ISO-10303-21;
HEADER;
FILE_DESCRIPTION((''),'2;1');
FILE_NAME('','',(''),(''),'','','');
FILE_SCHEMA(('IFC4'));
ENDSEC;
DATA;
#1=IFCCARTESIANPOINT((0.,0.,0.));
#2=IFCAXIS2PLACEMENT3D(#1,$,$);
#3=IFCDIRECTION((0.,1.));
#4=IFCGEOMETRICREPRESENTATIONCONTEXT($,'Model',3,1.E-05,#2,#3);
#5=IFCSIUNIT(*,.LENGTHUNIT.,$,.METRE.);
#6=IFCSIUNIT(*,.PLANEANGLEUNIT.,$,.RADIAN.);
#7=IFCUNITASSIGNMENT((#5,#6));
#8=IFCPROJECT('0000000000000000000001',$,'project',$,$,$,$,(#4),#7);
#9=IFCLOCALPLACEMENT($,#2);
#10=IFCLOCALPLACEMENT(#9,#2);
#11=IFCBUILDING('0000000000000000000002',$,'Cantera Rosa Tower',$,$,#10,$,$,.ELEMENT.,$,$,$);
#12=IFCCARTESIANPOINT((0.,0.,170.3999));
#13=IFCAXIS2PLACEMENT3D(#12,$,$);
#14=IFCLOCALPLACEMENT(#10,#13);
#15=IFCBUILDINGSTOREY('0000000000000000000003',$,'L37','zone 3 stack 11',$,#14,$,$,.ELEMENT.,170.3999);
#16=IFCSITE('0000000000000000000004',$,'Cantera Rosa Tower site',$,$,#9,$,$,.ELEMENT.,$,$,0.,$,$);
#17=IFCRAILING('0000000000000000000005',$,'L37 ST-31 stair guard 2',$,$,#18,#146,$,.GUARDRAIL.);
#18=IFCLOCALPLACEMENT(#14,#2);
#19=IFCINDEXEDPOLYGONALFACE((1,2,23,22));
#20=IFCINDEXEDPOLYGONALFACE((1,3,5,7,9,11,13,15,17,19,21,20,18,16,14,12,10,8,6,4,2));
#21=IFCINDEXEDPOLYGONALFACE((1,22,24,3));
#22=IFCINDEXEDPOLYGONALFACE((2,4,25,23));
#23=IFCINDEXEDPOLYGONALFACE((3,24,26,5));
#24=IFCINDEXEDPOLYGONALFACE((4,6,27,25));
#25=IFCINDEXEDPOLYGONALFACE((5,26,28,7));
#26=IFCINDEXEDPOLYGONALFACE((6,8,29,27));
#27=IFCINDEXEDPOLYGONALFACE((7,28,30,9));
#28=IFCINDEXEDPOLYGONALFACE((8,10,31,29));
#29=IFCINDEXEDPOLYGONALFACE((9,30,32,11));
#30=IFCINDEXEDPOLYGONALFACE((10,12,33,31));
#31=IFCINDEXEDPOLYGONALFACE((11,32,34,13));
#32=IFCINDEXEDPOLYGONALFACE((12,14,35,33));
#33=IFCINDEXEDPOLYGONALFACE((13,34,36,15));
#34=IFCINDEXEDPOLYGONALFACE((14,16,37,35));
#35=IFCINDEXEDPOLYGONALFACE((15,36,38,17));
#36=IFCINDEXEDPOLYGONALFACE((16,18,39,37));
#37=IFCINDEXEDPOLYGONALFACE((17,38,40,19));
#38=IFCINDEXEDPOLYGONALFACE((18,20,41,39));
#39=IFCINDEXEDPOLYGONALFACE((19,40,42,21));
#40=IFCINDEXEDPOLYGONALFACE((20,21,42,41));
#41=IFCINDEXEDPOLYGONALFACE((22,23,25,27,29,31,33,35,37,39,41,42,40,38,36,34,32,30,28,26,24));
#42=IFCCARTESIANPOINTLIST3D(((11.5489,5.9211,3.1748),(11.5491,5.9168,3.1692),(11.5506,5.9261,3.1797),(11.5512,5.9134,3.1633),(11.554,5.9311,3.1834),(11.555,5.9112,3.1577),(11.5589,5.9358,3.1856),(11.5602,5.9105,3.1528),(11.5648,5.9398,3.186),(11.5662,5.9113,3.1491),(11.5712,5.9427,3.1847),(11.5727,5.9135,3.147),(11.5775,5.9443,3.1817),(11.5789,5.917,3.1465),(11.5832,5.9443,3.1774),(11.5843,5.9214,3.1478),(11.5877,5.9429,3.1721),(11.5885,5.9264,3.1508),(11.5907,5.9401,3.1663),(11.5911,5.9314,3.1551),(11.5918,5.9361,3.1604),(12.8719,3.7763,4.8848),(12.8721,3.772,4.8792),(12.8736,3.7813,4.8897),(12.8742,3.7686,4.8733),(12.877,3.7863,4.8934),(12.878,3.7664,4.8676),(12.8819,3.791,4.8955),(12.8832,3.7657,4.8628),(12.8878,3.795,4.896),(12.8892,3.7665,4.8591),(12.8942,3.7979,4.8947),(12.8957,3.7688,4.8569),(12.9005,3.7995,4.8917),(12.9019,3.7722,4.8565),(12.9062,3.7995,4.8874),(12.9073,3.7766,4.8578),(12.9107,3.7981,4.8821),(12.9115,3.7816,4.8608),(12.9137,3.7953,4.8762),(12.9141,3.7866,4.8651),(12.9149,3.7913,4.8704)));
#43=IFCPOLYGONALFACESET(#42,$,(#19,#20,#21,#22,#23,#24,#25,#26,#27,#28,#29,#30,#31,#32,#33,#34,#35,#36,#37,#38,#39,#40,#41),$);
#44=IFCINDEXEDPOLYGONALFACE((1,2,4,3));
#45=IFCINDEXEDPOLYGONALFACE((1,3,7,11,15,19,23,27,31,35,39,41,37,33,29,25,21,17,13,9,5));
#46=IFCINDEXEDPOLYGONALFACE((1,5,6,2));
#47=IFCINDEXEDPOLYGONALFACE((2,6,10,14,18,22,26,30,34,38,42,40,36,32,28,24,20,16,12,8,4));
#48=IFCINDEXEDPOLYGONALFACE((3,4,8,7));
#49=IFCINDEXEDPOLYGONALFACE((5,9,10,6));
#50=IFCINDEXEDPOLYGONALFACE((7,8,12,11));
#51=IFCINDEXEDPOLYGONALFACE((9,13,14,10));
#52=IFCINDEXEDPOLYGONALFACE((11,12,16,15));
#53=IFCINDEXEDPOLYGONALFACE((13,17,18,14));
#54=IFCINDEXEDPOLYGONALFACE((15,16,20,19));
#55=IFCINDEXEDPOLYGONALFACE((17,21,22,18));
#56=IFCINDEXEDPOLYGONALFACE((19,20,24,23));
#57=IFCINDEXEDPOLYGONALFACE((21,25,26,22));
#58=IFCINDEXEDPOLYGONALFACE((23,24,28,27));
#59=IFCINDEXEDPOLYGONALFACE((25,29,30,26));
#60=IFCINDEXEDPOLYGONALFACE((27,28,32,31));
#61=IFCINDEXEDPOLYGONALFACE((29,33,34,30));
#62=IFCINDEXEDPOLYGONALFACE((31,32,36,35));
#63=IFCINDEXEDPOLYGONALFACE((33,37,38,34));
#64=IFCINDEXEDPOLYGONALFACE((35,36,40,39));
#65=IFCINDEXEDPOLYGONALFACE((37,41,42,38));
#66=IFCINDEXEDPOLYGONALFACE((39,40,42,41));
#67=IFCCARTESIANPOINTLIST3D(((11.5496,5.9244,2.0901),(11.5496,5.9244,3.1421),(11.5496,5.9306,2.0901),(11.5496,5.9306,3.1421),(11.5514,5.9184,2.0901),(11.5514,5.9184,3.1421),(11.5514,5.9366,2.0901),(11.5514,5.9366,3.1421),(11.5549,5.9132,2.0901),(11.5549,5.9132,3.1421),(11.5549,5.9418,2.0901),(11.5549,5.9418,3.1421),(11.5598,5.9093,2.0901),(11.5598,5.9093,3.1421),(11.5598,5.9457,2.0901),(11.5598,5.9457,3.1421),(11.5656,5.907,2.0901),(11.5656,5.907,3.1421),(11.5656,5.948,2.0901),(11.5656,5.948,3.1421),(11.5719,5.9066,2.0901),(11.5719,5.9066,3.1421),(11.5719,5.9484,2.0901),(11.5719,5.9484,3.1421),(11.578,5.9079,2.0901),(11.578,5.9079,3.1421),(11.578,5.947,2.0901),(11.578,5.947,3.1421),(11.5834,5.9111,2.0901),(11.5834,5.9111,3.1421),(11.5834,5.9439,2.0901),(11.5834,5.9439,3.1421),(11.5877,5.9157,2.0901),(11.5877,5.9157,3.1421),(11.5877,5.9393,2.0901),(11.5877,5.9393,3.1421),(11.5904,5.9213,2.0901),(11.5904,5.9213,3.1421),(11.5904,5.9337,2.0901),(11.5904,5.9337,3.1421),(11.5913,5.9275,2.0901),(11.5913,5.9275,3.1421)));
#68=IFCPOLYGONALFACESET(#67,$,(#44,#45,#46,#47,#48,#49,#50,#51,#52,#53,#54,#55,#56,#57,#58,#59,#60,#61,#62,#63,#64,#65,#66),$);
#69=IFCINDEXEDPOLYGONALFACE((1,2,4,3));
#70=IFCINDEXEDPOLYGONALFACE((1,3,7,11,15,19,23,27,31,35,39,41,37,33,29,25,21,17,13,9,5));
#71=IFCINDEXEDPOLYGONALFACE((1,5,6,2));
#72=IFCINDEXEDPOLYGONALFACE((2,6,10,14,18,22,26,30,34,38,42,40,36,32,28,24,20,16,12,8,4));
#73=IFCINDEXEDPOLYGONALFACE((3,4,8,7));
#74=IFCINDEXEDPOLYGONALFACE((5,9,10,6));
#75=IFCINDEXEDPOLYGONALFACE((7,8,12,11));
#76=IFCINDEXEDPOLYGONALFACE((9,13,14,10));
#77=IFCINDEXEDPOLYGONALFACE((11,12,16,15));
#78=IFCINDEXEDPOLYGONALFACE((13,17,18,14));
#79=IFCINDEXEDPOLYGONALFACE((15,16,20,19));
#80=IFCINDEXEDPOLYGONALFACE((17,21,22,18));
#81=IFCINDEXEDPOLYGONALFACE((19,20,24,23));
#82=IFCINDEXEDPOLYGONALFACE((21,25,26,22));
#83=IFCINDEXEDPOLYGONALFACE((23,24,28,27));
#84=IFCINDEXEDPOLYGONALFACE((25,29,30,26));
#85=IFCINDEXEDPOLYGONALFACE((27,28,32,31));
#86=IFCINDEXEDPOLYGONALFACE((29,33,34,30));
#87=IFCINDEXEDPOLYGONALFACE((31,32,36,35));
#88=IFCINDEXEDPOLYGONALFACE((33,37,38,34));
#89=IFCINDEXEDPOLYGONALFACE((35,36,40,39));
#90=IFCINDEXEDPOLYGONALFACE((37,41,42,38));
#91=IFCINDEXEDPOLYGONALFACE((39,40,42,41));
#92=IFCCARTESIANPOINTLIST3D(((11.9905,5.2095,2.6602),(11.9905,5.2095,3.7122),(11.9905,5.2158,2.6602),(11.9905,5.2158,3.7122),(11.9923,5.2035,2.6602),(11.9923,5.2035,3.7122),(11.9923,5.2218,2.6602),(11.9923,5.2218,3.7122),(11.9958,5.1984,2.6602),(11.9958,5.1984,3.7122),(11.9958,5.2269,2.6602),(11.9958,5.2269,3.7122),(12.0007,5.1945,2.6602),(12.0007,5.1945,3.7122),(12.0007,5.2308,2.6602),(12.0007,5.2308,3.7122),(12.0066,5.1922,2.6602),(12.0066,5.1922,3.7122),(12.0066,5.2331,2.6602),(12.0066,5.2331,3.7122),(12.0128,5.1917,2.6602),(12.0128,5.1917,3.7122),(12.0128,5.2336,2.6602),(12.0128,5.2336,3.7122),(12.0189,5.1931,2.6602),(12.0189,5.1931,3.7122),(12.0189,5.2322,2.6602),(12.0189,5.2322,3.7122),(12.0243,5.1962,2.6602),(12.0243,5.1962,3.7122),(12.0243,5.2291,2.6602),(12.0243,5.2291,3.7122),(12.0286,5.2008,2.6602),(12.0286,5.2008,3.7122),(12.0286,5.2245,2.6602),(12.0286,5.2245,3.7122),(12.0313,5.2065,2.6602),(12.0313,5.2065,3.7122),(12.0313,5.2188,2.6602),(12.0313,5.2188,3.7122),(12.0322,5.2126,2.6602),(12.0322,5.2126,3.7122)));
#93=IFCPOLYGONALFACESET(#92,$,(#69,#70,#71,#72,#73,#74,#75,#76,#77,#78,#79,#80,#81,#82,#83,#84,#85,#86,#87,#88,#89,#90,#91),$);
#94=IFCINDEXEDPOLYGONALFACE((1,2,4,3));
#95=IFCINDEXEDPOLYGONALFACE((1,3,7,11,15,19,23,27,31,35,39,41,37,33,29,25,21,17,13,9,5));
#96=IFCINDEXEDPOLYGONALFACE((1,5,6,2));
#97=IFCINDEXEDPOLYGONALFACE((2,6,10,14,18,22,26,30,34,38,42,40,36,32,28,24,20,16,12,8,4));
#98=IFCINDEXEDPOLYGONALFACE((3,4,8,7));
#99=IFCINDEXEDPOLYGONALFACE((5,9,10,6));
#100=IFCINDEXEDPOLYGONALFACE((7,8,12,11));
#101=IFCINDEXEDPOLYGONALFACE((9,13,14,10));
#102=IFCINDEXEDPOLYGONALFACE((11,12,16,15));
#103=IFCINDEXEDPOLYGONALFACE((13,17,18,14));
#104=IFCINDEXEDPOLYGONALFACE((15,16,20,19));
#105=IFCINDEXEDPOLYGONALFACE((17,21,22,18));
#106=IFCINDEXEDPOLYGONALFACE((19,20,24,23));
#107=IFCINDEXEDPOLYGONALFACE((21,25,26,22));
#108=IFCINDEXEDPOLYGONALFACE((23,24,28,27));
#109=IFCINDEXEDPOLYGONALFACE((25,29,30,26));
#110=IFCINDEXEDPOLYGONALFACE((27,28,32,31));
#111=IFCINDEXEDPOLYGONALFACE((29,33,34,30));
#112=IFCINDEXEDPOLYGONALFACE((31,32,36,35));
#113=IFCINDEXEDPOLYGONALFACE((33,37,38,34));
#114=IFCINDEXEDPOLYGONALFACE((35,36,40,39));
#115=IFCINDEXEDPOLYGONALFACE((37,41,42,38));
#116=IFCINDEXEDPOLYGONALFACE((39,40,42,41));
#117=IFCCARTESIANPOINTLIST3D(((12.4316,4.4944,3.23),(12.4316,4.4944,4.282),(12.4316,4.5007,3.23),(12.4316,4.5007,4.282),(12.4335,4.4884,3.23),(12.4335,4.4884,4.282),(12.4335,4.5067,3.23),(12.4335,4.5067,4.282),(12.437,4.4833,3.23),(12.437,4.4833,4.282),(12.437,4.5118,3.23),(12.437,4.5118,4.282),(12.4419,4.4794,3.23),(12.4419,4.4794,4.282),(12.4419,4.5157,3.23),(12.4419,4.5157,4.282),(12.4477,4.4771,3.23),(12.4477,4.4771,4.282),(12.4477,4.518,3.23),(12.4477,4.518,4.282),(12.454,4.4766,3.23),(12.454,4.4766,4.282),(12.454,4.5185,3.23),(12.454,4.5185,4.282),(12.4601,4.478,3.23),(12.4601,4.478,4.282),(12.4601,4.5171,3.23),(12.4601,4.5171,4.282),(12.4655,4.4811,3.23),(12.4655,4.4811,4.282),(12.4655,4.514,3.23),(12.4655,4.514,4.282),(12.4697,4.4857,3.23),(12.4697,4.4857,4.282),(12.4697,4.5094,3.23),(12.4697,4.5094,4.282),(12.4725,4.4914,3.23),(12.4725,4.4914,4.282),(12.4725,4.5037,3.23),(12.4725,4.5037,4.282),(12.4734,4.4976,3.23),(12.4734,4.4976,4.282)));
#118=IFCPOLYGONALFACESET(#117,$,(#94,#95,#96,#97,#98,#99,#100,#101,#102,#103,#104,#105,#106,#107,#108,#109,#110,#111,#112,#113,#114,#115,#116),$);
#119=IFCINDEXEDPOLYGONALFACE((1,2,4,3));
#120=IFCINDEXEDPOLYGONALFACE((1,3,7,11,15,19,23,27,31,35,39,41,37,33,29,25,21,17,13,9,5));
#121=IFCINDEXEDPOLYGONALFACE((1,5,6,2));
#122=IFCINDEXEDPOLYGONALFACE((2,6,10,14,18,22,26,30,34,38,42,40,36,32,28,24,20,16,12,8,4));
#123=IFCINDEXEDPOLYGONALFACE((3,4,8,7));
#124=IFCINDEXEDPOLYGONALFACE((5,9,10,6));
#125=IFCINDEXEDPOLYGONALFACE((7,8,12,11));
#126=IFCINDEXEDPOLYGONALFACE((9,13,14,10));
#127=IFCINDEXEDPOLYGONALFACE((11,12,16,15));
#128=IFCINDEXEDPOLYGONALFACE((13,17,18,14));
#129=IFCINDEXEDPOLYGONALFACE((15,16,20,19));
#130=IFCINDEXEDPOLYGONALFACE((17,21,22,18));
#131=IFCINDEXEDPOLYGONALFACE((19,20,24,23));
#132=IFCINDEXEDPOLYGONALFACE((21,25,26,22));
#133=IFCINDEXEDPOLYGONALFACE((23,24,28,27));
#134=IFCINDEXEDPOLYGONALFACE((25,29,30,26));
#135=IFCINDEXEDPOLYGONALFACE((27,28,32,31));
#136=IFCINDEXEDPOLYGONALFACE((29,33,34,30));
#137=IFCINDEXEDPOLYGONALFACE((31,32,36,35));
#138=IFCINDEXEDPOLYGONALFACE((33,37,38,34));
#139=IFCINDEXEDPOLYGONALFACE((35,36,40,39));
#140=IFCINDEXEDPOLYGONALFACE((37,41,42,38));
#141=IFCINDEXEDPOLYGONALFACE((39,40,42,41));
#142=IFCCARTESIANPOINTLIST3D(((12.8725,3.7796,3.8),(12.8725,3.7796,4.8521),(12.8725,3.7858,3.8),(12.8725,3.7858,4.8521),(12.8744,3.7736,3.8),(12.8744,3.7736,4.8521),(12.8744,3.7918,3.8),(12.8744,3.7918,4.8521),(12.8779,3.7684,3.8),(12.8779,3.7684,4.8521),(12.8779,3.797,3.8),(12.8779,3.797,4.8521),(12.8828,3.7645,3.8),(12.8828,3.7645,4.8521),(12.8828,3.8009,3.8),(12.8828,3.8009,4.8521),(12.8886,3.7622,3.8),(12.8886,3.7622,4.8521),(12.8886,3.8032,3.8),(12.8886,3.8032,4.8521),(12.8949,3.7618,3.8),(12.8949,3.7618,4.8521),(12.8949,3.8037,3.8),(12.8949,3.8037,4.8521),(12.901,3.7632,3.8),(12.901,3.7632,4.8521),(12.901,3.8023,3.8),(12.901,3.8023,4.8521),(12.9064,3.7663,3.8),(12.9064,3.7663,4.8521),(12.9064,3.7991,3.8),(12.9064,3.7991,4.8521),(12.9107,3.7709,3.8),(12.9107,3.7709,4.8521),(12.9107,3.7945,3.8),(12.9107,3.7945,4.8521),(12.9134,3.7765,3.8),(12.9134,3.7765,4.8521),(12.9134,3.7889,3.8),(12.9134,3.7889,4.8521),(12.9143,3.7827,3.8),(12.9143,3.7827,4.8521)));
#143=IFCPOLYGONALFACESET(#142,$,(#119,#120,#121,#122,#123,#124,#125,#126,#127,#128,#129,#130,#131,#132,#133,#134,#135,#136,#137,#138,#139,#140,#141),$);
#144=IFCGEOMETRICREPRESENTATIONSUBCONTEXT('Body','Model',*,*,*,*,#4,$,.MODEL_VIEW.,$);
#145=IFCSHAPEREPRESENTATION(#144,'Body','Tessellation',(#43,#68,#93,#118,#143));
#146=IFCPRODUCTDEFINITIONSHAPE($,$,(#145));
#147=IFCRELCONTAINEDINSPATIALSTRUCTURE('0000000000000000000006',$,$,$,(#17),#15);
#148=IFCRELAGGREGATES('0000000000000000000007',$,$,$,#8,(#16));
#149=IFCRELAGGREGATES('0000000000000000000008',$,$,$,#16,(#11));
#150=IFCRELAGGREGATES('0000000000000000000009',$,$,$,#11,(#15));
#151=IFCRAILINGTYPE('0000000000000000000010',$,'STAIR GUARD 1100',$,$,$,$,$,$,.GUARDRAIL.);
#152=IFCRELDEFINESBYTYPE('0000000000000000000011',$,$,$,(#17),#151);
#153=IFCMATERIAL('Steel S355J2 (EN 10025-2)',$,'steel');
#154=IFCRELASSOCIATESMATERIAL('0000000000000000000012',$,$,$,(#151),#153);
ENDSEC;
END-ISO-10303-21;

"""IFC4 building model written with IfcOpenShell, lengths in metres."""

from ifc_helpers import new_model, si_unit, direction, frame, origin, origin_2d, place, context, subcontext, project, spatial, circle, extrude, material, type_object, element, save


model = new_model("IFC4")

# Units and contexts
model_context = context("Model", 3, precision=1e-05, world=origin(), true_north=direction((0.0, 1.0)))
body_context = subcontext(model_context, "Body", "Model", "MODEL_VIEW")
ifc_project = project(units=[si_unit("LENGTHUNIT", "METRE"), si_unit("PLANEANGLEUNIT", "RADIAN")], contexts=[model_context])

# Site, building, storey
site_placement = place(None, origin())
site = spatial("IfcSite", under=ifc_project, at=site_placement, Name="Cantera Rosa Tower site", CompositionType="ELEMENT", RefElevation=0.0)
building_placement = place(site_placement, origin())
building = spatial("IfcBuilding", under=site, at=building_placement, Name="Cantera Rosa Tower", CompositionType="ELEMENT")
storey_placement = place(building_placement, frame((0.0, 0.0, 170.3999)))
storey = spatial("IfcBuildingStorey", under=building, at=storey_placement, Name="L37", Description="zone 3 stack 11", CompositionType="ELEMENT", Elevation=170.3999)

# Railing
ifc_material_1 = material(Name="Steel S355J2 (EN 10025-2)", Category="steel")
railing_type_1 = type_object("IfcRailingType", Name="STAIR GUARD 1100", PredefinedType="GUARDRAIL", material=ifc_material_1)
railing_1_placement = place(storey_placement, frame((11.5703, 5.9275, 2.0901)))
element("IfcRailing", 1, at=railing_1_placement, inside=storey, type_object=railing_type_1, Name="L37 ST-31 stair guard 2", PredefinedType="GUARDRAIL", context=body_context, shape_type="SweptSolid", body=[
    extrude(circle(Radius=0.0239, at=origin_2d()), frame((0.0, 0.0, 1.0762), z_axis=(0.434428, -0.704271, 0.561493), x_axis=(0.851102, 0.525, 0.0)), (0.0, 0.0, 1.0), 3.0454),
    extrude(circle(Radius=0.021, at=origin_2d()), origin(), (0.0, 0.0, 1.0), 1.052),
    extrude(circle(Radius=0.021, at=origin_2d()), frame((0.4409, -0.7148, 0.5701)), (0.0, 0.0, 1.0), 1.052),
    extrude(circle(Radius=0.021, at=origin_2d()), frame((0.8821, -1.4299, 1.1399)), (0.0, 0.0, 1.0), 1.052),
    extrude(circle(Radius=0.021, at=origin_2d()), frame((1.323, -2.1448, 1.71)), (0.0, 0.0, 1.0), 1.052),
])

save(model, "model.ifc")
